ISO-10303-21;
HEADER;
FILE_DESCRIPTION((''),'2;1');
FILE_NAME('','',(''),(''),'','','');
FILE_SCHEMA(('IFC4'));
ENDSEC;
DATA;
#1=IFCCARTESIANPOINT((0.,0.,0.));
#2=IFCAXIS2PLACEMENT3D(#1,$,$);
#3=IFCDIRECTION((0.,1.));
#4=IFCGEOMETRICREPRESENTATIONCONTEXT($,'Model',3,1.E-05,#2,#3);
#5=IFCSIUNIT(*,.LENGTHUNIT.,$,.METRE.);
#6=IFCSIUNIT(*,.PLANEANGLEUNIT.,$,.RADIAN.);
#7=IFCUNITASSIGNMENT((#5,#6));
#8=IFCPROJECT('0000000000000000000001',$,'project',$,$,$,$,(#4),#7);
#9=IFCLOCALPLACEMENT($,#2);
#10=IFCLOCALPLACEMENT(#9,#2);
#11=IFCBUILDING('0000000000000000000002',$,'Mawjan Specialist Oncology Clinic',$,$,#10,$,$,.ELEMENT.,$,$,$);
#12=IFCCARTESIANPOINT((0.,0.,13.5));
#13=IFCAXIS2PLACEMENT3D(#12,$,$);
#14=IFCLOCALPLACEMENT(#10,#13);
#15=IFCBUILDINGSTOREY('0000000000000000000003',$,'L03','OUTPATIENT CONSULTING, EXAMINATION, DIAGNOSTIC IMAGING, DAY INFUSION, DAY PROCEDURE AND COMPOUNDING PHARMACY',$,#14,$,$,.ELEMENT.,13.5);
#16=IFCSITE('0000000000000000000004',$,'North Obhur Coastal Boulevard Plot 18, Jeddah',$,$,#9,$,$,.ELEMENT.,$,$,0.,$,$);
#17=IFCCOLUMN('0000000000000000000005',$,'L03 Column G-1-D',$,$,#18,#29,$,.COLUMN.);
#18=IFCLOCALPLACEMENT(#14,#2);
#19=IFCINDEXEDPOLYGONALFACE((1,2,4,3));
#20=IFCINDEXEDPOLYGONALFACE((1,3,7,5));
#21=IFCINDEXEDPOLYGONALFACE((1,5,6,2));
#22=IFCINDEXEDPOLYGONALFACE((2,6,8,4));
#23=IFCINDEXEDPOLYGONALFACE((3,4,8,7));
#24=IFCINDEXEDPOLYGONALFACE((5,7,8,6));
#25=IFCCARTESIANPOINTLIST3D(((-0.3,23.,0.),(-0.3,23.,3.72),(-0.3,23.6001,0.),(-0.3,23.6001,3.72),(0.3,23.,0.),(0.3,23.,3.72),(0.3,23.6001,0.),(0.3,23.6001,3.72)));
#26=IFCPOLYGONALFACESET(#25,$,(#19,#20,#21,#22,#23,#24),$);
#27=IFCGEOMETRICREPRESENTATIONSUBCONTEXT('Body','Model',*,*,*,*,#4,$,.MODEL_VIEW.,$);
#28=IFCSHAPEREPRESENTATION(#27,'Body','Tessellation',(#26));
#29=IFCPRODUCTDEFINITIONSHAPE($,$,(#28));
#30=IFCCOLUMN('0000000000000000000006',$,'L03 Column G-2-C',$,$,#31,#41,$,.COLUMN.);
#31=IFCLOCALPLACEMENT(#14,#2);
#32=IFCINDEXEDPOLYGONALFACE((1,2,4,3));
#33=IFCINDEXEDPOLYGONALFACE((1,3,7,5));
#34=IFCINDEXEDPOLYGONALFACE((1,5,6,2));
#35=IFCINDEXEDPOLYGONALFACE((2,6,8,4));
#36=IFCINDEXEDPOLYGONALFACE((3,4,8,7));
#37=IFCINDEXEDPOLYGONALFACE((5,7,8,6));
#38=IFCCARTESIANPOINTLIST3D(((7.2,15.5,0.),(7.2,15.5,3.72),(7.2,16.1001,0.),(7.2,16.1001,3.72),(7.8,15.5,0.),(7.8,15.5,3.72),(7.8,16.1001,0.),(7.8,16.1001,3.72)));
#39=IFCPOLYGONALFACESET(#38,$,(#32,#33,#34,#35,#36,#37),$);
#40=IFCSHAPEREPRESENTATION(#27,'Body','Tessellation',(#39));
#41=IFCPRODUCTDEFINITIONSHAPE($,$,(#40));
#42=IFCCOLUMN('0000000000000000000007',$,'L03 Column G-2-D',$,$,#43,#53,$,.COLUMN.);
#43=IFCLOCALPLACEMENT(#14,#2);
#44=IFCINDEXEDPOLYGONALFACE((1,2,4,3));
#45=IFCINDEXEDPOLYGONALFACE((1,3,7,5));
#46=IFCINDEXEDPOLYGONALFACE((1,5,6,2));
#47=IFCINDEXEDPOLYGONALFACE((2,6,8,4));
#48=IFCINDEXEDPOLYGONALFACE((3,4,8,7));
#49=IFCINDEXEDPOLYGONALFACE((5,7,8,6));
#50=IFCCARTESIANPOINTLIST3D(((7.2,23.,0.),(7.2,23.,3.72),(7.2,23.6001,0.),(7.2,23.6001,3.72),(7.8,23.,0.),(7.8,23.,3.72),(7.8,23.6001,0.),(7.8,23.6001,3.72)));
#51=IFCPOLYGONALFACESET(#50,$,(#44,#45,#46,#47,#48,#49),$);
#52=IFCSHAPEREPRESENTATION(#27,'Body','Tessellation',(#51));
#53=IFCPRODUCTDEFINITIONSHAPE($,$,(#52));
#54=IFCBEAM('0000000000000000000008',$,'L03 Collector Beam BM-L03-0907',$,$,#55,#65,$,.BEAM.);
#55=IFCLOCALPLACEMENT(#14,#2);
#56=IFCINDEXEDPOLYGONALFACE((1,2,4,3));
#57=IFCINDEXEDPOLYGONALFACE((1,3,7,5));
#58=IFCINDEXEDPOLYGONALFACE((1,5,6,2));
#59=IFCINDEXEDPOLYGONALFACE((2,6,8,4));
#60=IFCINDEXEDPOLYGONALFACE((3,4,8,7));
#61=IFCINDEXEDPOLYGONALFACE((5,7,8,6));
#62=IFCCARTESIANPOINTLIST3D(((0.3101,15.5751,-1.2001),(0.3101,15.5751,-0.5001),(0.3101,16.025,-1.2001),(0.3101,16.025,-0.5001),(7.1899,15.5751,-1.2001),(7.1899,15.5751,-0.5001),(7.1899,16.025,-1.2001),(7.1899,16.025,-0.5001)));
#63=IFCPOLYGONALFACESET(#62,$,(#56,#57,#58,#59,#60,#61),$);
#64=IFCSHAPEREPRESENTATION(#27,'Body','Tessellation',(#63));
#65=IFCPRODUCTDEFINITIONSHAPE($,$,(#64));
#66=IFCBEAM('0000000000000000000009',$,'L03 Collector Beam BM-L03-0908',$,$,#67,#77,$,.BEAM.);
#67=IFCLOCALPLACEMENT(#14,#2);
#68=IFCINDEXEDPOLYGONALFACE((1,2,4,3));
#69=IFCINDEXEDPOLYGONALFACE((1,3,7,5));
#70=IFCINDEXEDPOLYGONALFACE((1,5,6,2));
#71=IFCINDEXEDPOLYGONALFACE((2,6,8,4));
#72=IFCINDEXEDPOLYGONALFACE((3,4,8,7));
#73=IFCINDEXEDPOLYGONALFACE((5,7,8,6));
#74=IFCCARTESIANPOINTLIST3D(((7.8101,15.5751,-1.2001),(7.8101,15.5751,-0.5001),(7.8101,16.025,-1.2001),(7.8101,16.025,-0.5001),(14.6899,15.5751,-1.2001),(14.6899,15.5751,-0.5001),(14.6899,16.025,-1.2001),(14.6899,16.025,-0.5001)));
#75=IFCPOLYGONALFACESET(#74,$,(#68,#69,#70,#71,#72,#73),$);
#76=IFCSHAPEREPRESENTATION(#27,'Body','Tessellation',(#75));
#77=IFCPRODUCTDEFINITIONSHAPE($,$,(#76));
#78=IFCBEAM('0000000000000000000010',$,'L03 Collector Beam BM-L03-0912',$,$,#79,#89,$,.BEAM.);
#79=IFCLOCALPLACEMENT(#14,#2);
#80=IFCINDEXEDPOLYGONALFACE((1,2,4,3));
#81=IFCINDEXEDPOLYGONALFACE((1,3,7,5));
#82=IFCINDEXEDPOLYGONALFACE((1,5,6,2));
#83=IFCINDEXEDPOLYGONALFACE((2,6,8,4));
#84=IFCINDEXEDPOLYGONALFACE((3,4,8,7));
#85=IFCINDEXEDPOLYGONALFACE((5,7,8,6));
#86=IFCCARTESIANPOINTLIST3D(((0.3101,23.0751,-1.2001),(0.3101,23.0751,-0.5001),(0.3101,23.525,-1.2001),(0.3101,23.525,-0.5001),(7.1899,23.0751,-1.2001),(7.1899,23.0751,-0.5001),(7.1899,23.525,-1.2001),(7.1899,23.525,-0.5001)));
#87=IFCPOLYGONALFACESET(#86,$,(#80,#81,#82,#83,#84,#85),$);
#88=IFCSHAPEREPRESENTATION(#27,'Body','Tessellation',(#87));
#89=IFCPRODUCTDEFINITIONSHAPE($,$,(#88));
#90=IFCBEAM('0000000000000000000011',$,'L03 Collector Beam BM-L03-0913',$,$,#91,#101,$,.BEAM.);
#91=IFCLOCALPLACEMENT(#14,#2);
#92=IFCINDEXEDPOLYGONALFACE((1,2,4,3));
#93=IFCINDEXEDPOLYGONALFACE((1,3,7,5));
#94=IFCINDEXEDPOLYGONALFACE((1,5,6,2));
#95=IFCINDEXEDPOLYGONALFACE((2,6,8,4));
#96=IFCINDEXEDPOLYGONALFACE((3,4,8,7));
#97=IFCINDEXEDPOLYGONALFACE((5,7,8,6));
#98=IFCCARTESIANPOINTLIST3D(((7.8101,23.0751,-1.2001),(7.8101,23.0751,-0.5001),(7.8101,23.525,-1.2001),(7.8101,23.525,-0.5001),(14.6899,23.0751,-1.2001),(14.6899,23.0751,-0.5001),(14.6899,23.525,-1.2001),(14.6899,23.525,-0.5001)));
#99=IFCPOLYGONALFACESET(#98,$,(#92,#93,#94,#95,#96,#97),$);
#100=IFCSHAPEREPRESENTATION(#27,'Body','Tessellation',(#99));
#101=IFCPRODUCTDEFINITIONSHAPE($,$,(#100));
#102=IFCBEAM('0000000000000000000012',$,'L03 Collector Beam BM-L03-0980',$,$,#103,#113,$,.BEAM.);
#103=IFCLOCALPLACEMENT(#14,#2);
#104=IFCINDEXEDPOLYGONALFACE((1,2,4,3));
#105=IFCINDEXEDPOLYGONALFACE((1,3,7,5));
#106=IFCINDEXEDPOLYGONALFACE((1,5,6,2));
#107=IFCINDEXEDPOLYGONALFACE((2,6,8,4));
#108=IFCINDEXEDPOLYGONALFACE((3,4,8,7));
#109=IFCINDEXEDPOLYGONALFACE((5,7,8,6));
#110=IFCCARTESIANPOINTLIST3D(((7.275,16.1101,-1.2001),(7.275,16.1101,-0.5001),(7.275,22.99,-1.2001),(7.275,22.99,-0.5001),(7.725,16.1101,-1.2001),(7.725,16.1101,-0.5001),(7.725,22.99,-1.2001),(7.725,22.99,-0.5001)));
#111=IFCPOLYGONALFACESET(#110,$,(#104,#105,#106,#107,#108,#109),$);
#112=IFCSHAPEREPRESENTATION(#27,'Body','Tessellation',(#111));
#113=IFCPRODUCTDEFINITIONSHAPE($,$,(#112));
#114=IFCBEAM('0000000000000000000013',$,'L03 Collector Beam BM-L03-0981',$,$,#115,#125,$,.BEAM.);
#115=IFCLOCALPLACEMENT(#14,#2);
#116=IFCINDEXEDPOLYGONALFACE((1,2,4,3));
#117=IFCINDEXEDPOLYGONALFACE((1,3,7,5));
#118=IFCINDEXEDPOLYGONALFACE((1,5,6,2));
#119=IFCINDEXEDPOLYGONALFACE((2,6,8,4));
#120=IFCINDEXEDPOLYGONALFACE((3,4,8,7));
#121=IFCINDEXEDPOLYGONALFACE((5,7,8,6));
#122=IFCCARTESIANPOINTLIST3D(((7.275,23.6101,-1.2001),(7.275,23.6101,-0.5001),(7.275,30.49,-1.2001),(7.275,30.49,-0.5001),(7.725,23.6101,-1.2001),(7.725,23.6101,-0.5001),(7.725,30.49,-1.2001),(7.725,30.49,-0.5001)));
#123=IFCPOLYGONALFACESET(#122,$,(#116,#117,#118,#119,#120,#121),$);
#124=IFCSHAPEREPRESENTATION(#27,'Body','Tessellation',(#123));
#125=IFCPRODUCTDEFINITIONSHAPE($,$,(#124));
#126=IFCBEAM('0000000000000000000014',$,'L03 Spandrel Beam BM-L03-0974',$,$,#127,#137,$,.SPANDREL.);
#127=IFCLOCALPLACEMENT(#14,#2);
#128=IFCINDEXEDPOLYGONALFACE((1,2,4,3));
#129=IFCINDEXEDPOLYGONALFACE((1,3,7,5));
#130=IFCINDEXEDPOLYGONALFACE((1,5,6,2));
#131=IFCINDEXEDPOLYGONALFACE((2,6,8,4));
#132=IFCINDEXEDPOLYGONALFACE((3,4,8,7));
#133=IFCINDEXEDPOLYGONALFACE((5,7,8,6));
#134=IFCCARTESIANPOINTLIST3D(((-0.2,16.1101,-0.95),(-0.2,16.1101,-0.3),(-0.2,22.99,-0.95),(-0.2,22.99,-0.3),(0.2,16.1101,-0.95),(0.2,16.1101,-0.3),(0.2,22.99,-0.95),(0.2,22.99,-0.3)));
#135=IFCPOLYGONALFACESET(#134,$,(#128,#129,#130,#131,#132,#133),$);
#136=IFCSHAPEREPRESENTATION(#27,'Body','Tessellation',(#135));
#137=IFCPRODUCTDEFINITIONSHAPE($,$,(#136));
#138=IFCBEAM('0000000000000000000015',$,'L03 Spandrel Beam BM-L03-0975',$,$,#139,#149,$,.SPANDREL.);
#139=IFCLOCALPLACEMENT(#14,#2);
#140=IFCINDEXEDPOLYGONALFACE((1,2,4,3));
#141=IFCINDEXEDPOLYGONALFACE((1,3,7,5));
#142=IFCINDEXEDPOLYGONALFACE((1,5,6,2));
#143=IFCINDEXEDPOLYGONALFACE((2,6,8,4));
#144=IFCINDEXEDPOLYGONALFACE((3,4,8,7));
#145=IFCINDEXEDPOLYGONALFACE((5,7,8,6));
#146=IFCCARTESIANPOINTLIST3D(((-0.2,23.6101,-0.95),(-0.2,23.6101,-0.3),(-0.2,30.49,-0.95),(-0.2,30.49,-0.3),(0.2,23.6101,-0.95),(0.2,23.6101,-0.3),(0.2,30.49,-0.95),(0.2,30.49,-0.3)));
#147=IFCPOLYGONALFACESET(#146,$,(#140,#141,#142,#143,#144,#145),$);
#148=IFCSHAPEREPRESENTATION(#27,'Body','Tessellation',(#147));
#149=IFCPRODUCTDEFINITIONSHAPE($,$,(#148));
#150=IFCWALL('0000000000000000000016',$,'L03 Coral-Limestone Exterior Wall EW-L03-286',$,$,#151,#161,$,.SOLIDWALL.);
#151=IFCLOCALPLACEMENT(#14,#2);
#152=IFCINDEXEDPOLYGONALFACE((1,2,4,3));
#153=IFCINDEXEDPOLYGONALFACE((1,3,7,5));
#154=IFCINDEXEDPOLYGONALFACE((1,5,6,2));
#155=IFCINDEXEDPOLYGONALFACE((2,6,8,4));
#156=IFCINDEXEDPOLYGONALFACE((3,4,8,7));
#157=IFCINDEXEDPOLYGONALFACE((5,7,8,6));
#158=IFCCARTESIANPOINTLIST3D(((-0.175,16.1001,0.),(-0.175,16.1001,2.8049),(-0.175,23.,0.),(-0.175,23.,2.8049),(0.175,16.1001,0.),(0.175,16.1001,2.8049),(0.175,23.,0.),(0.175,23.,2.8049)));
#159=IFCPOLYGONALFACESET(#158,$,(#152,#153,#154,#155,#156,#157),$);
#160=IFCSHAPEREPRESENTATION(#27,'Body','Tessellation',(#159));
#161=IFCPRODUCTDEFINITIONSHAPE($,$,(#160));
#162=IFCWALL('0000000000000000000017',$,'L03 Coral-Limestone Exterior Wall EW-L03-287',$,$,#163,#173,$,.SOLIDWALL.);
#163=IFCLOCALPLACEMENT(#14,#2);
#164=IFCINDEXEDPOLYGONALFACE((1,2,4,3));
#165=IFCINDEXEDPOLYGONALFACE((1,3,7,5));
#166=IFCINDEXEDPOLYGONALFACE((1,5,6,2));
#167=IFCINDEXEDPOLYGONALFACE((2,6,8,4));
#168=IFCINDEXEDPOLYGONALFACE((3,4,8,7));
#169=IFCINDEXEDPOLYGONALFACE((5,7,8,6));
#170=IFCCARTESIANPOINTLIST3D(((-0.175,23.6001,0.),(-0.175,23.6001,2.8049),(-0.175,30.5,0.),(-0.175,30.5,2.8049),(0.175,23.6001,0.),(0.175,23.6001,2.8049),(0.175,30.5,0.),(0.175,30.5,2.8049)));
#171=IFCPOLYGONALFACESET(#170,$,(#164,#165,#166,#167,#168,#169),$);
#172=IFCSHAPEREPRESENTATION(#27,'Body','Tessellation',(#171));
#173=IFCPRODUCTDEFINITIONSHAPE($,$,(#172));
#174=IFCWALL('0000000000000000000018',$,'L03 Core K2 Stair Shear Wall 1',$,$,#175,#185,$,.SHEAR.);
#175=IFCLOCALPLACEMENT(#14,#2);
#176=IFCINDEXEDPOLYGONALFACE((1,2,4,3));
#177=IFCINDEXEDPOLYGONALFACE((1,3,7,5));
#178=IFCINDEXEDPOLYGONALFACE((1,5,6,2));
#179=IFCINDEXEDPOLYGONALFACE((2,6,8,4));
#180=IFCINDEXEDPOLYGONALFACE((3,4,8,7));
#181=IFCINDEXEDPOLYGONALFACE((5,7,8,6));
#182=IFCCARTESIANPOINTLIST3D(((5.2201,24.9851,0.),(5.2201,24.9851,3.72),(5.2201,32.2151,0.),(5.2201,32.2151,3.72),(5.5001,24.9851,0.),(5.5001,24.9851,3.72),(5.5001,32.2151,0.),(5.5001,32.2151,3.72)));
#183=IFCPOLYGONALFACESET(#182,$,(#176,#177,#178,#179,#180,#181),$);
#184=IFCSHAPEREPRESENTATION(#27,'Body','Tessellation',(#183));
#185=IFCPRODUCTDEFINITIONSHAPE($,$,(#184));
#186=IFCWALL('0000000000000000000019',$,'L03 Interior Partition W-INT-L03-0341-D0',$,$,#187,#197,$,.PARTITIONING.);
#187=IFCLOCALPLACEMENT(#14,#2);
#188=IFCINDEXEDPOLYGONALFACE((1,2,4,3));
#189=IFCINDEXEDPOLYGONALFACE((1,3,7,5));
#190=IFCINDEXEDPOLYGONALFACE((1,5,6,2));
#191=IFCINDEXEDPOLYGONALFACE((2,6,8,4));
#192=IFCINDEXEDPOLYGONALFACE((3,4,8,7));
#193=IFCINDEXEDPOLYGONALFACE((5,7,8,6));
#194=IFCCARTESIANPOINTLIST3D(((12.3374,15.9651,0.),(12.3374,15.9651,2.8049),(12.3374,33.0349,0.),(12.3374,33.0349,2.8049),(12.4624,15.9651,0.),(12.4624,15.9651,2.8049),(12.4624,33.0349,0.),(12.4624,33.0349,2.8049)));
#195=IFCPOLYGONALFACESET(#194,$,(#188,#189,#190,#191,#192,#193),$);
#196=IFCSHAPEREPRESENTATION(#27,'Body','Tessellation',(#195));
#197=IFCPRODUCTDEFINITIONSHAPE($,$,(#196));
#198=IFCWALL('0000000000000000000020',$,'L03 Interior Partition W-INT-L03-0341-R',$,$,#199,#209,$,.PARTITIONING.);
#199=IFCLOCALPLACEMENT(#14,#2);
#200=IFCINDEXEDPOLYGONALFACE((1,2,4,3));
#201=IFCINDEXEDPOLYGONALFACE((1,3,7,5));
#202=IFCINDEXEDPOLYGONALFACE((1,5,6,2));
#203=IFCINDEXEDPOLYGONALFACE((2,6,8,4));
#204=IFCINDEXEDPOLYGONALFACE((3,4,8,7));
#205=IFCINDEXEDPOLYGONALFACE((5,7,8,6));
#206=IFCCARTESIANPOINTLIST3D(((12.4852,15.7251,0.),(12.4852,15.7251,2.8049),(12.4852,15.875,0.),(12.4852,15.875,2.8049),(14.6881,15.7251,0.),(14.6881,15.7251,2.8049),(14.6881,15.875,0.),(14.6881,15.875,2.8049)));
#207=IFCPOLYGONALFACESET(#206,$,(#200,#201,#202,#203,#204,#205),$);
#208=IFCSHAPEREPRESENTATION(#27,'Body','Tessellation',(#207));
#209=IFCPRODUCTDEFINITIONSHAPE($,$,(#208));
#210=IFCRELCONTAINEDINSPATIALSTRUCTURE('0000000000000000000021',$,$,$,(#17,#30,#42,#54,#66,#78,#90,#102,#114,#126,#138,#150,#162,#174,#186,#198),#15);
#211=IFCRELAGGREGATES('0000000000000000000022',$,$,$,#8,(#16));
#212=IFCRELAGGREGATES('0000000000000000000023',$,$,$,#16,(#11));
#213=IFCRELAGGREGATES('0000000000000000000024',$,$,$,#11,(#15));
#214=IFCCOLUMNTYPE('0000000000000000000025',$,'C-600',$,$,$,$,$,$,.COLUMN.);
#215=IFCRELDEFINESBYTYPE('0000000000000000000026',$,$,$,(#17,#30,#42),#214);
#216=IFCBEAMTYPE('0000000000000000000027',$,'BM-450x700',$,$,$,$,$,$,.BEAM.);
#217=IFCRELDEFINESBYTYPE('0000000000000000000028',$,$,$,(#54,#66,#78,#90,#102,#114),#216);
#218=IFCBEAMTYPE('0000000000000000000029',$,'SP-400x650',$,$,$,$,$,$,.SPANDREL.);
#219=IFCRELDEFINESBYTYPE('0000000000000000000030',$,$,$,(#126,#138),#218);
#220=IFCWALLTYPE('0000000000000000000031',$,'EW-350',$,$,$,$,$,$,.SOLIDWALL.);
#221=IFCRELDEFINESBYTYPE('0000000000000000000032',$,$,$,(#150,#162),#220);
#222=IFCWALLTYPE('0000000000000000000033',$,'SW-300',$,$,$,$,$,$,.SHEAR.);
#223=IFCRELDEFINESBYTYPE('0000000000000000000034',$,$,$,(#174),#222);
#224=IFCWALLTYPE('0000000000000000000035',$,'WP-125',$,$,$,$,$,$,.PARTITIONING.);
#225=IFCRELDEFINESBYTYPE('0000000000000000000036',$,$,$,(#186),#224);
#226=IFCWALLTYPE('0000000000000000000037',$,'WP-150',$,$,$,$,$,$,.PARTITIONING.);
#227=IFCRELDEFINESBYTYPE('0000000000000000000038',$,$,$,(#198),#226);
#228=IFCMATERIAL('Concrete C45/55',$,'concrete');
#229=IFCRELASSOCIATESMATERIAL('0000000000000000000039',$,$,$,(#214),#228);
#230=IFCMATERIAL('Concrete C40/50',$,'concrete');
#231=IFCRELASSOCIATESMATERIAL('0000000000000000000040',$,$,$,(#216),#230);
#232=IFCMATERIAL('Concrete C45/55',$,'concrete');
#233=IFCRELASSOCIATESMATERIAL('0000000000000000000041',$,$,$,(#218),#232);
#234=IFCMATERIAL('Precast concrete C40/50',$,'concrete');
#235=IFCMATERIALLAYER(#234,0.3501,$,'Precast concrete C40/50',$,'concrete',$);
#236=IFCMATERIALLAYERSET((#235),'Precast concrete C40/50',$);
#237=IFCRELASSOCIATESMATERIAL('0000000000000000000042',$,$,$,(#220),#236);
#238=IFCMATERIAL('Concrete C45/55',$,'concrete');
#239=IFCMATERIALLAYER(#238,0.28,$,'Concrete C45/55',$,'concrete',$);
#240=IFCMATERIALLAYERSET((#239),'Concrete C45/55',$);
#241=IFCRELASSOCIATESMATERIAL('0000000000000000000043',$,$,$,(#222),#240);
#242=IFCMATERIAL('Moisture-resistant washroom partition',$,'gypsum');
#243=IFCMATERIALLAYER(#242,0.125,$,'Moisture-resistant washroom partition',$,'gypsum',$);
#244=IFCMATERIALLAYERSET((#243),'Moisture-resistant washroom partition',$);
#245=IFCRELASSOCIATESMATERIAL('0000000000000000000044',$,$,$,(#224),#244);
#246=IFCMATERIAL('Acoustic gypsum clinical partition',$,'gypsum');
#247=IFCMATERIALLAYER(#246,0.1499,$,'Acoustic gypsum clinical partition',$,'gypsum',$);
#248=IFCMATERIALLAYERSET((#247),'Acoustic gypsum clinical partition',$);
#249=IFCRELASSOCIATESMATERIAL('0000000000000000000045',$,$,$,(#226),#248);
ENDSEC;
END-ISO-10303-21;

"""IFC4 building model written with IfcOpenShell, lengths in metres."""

from ifc_helpers import new_model, si_unit, direction, frame, frame_2d, origin, origin_2d, place, context, subcontext, project, spatial, rectangle, extrude, material, layer, layer_set, material_profile, profile_set, type_object, element, save


model = new_model("IFC4")

# Units and contexts
model_context = context("Model", 3, precision=1e-05, world=origin(), true_north=direction((0.0, 1.0)))
body_context = subcontext(model_context, "Body", "Model", "MODEL_VIEW")
ifc_project = project(units=[si_unit("LENGTHUNIT", "METRE"), si_unit("PLANEANGLEUNIT", "RADIAN")], contexts=[model_context])

# Site, building, storey
site_placement = place(None, origin())
site = spatial("IfcSite", under=ifc_project, at=site_placement, Name="North Obhur Coastal Boulevard Plot 18, Jeddah", CompositionType="ELEMENT", RefElevation=0.0)
building_placement = place(site_placement, origin())
building = spatial("IfcBuilding", under=site, at=building_placement, Name="Mawjan Specialist Oncology Clinic", CompositionType="ELEMENT")
storey_placement = place(building_placement, frame((0.0, 0.0, 13.5)))
storey = spatial("IfcBuildingStorey", under=building, at=storey_placement, Name="L03", Description="OUTPATIENT CONSULTING, EXAMINATION, DIAGNOSTIC IMAGING, DAY INFUSION, DAY PROCEDURE AND COMPOUNDING PHARMACY", CompositionType="ELEMENT", Elevation=13.5)

# Columns
ifc_material_1 = material(Name="Concrete C45/55", Category="concrete")
ifc_material_profile_1 = material_profile(ifc_material_1, rectangle(XDim=0.6001, YDim=0.6001, at=origin_2d()), Name="RC COL 600x600", Category="concrete")
ifc_profile_set_1 = profile_set([ifc_material_profile_1], Name="Concrete C45/55")
column_type = type_object("IfcColumnType", Name="C-600", PredefinedType="COLUMN", material=ifc_profile_set_1)
for number, where, z_axis, x_axis, name in (
    (1, (0.0, 23.3, 0.0), (0.0, 0.0, 1.0), (1.0, 0.0, 0.0), "L03 Column G-1-D"),
    (2, (7.5, 15.8, 0.0), (0.0, 0.0, 1.0), (1.0, 0.0, 0.0), "L03 Column G-2-C"),
    (3, (7.5, 23.3, 0.0), (0.0, 0.0, 1.0), (1.0, 0.0, 0.0), "L03 Column G-2-D"),
):
    element("IfcColumn", number, at=place(storey_placement, frame(where, z_axis=z_axis, x_axis=x_axis)), inside=storey, type_object=column_type, Name=name, PredefinedType="COLUMN", context=body_context, shape_type="SweptSolid", body=[
        extrude(rectangle(XDim=0.6001, YDim=0.6001, at=origin_2d()), origin(), (0.0, 0.0, 1.0), 3.72),
    ])

# Beams
ifc_material_2 = material(Name="Concrete C40/50", Category="concrete")
ifc_material_profile_2 = material_profile(ifc_material_2, rectangle(XDim=0.45, YDim=0.7, at=origin_2d()), Name="RC BM 450x700", Category="concrete")
ifc_profile_set_2 = profile_set([ifc_material_profile_2], Name="Concrete C40/50")
beam_type_1 = type_object("IfcBeamType", Name="BM-450x700", PredefinedType="BEAM", material=ifc_profile_set_2)
for number, where, z_axis, x_axis, name in (
    (4, (0.3101, 15.8, -0.8501), (1.0, 0.0, 0.0), (0.0, 1.0, 0.0), "L03 Collector Beam BM-L03-0907"),
    (5, (7.8101, 15.8, -0.8501), (1.0, 0.0, 0.0), (0.0, 1.0, 0.0), "L03 Collector Beam BM-L03-0908"),
    (6, (0.3101, 23.3, -0.8501), (1.0, 0.0, 0.0), (0.0, 1.0, 0.0), "L03 Collector Beam BM-L03-0912"),
    (7, (7.8101, 23.3, -0.8501), (1.0, 0.0, 0.0), (0.0, 1.0, 0.0), "L03 Collector Beam BM-L03-0913"),
    (8, (7.5, 16.1101, -0.8501), (0.0, 1.0, 0.0), (-1.0, 0.0, 0.0), "L03 Collector Beam BM-L03-0980"),
    (9, (7.5, 23.6101, -0.8501), (0.0, 1.0, 0.0), (-1.0, 0.0, 0.0), "L03 Collector Beam BM-L03-0981"),
):
    element("IfcBeam", number, at=place(storey_placement, frame(where, z_axis=z_axis, x_axis=x_axis)), inside=storey, type_object=beam_type_1, Name=name, PredefinedType="BEAM", context=body_context, shape_type="SweptSolid", body=[
        extrude(rectangle(XDim=0.45, YDim=0.7, at=origin_2d()), origin(), (0.0, 0.0, 1.0), 6.8799),
    ])
ifc_material_3 = material(Name="Concrete C45/55", Category="concrete")
ifc_material_profile_3 = material_profile(ifc_material_3, rectangle(XDim=0.3999, YDim=0.6499, at=origin_2d()), Name="RC BM 400x650", Category="concrete")
ifc_profile_set_3 = profile_set([ifc_material_profile_3], Name="Concrete C45/55")
beam_type_2 = type_object("IfcBeamType", Name="SP-400x650", PredefinedType="SPANDREL", material=ifc_profile_set_3)
for number, where, z_axis, x_axis, name in (
    (10, (0.0, 16.1101, -0.625), (0.0, 1.0, 0.0), (-1.0, 0.0, 0.0), "L03 Spandrel Beam BM-L03-0974"),
    (11, (0.0, 23.6101, -0.625), (0.0, 1.0, 0.0), (-1.0, 0.0, 0.0), "L03 Spandrel Beam BM-L03-0975"),
):
    element("IfcBeam", number, at=place(storey_placement, frame(where, z_axis=z_axis, x_axis=x_axis)), inside=storey, type_object=beam_type_2, Name=name, PredefinedType="SPANDREL", context=body_context, shape_type="SweptSolid", body=[
        extrude(rectangle(XDim=0.3999, YDim=0.6499, at=origin_2d()), origin(), (0.0, 0.0, 1.0), 6.8799),
    ])

# Walls
ifc_material_4 = material(Name="Precast concrete C40/50", Category="concrete")
ifc_layer_1 = layer(ifc_material_4, 0.3501, Name="Precast concrete C40/50", Category="concrete")
ifc_layer_set_1 = layer_set([ifc_layer_1], Name="Precast concrete C40/50")
wall_type_1 = type_object("IfcWallType", Name="EW-350", PredefinedType="SOLIDWALL", material=ifc_layer_set_1)
for number, where, z_axis, x_axis, name in (
    (12, (0.0, 16.1001, 0.0), (0.0, 0.0, 1.0), (0.0, 1.0, 0.0), "L03 Coral-Limestone Exterior Wall EW-L03-286"),
    (13, (0.0, 23.6001, 0.0), (0.0, 0.0, 1.0), (0.0, 1.0, 0.0), "L03 Coral-Limestone Exterior Wall EW-L03-287"),
):
    element("IfcWall", number, at=place(storey_placement, frame(where, z_axis=z_axis, x_axis=x_axis)), inside=storey, type_object=wall_type_1, Name=name, PredefinedType="SOLIDWALL", context=body_context, shape_type="SweptSolid", body=[
        extrude(rectangle(XDim=6.8999, YDim=0.3501, at=frame_2d((3.45, 0.0))), origin(), (0.0, 0.0, 1.0), 2.8049),
    ])
ifc_material_5 = material(Name="Concrete C45/55", Category="concrete")
ifc_layer_2 = layer(ifc_material_5, 0.28, Name="Concrete C45/55", Category="concrete")
ifc_layer_set_2 = layer_set([ifc_layer_2], Name="Concrete C45/55")
wall_type_2 = type_object("IfcWallType", Name="SW-300", PredefinedType="SHEAR", material=ifc_layer_set_2)
wall_1_placement = place(storey_placement, frame((5.3601, 24.9851, 0.0), z_axis=(0.0, 0.0, 1.0), x_axis=(0.0, 1.0, 0.0)))
element("IfcWall", 14, at=wall_1_placement, inside=storey, type_object=wall_type_2, Name="L03 Core K2 Stair Shear Wall 1", PredefinedType="SHEAR", context=body_context, shape_type="SweptSolid", body=[
    extrude(rectangle(XDim=7.23, YDim=0.28, at=frame_2d((3.615, 0.0))), origin(), (0.0, 0.0, 1.0), 3.72),
])

# Walls
ifc_material_6 = material(Name="Moisture-resistant washroom partition", Category="gypsum")
ifc_layer_3 = layer(ifc_material_6, 0.125, Name="Moisture-resistant washroom partition", Category="gypsum")
ifc_layer_set_3 = layer_set([ifc_layer_3], Name="Moisture-resistant washroom partition")
wall_type_3 = type_object("IfcWallType", Name="WP-125", PredefinedType="PARTITIONING", material=ifc_layer_set_3)
wall_2_placement = place(storey_placement, frame((12.3999, 15.9651, 0.0), z_axis=(0.0, 0.0, 1.0), x_axis=(0.0, 1.0, 0.0)))
element("IfcWall", 15, at=wall_2_placement, inside=storey, type_object=wall_type_3, Name="L03 Interior Partition W-INT-L03-0341-D0", PredefinedType="PARTITIONING", context=body_context, shape_type="SweptSolid", body=[
    extrude(rectangle(XDim=17.0698, YDim=0.125, at=frame_2d((8.5349, 0.0))), origin(), (0.0, 0.0, 1.0), 2.8049),
])
ifc_material_7 = material(Name="Acoustic gypsum clinical partition", Category="gypsum")
ifc_layer_4 = layer(ifc_material_7, 0.1499, Name="Acoustic gypsum clinical partition", Category="gypsum")
ifc_layer_set_4 = layer_set([ifc_layer_4], Name="Acoustic gypsum clinical partition")
wall_type_4 = type_object("IfcWallType", Name="WP-150", PredefinedType="PARTITIONING", material=ifc_layer_set_4)
wall_3_placement = place(storey_placement, frame((12.4851, 15.8, 0.0), z_axis=(0.0, 0.0, 1.0), x_axis=(1.0, 0.0, 0.0)))
element("IfcWall", 16, at=wall_3_placement, inside=storey, type_object=wall_type_4, Name="L03 Interior Partition W-INT-L03-0341-R", PredefinedType="PARTITIONING", context=body_context, shape_type="SweptSolid", body=[
    extrude(rectangle(XDim=2.2029, YDim=0.1499, at=frame_2d((1.1016, 0.0))), origin(), (0.0, 0.0, 1.0), 2.8049),
])

save(model, "model.ifc")
